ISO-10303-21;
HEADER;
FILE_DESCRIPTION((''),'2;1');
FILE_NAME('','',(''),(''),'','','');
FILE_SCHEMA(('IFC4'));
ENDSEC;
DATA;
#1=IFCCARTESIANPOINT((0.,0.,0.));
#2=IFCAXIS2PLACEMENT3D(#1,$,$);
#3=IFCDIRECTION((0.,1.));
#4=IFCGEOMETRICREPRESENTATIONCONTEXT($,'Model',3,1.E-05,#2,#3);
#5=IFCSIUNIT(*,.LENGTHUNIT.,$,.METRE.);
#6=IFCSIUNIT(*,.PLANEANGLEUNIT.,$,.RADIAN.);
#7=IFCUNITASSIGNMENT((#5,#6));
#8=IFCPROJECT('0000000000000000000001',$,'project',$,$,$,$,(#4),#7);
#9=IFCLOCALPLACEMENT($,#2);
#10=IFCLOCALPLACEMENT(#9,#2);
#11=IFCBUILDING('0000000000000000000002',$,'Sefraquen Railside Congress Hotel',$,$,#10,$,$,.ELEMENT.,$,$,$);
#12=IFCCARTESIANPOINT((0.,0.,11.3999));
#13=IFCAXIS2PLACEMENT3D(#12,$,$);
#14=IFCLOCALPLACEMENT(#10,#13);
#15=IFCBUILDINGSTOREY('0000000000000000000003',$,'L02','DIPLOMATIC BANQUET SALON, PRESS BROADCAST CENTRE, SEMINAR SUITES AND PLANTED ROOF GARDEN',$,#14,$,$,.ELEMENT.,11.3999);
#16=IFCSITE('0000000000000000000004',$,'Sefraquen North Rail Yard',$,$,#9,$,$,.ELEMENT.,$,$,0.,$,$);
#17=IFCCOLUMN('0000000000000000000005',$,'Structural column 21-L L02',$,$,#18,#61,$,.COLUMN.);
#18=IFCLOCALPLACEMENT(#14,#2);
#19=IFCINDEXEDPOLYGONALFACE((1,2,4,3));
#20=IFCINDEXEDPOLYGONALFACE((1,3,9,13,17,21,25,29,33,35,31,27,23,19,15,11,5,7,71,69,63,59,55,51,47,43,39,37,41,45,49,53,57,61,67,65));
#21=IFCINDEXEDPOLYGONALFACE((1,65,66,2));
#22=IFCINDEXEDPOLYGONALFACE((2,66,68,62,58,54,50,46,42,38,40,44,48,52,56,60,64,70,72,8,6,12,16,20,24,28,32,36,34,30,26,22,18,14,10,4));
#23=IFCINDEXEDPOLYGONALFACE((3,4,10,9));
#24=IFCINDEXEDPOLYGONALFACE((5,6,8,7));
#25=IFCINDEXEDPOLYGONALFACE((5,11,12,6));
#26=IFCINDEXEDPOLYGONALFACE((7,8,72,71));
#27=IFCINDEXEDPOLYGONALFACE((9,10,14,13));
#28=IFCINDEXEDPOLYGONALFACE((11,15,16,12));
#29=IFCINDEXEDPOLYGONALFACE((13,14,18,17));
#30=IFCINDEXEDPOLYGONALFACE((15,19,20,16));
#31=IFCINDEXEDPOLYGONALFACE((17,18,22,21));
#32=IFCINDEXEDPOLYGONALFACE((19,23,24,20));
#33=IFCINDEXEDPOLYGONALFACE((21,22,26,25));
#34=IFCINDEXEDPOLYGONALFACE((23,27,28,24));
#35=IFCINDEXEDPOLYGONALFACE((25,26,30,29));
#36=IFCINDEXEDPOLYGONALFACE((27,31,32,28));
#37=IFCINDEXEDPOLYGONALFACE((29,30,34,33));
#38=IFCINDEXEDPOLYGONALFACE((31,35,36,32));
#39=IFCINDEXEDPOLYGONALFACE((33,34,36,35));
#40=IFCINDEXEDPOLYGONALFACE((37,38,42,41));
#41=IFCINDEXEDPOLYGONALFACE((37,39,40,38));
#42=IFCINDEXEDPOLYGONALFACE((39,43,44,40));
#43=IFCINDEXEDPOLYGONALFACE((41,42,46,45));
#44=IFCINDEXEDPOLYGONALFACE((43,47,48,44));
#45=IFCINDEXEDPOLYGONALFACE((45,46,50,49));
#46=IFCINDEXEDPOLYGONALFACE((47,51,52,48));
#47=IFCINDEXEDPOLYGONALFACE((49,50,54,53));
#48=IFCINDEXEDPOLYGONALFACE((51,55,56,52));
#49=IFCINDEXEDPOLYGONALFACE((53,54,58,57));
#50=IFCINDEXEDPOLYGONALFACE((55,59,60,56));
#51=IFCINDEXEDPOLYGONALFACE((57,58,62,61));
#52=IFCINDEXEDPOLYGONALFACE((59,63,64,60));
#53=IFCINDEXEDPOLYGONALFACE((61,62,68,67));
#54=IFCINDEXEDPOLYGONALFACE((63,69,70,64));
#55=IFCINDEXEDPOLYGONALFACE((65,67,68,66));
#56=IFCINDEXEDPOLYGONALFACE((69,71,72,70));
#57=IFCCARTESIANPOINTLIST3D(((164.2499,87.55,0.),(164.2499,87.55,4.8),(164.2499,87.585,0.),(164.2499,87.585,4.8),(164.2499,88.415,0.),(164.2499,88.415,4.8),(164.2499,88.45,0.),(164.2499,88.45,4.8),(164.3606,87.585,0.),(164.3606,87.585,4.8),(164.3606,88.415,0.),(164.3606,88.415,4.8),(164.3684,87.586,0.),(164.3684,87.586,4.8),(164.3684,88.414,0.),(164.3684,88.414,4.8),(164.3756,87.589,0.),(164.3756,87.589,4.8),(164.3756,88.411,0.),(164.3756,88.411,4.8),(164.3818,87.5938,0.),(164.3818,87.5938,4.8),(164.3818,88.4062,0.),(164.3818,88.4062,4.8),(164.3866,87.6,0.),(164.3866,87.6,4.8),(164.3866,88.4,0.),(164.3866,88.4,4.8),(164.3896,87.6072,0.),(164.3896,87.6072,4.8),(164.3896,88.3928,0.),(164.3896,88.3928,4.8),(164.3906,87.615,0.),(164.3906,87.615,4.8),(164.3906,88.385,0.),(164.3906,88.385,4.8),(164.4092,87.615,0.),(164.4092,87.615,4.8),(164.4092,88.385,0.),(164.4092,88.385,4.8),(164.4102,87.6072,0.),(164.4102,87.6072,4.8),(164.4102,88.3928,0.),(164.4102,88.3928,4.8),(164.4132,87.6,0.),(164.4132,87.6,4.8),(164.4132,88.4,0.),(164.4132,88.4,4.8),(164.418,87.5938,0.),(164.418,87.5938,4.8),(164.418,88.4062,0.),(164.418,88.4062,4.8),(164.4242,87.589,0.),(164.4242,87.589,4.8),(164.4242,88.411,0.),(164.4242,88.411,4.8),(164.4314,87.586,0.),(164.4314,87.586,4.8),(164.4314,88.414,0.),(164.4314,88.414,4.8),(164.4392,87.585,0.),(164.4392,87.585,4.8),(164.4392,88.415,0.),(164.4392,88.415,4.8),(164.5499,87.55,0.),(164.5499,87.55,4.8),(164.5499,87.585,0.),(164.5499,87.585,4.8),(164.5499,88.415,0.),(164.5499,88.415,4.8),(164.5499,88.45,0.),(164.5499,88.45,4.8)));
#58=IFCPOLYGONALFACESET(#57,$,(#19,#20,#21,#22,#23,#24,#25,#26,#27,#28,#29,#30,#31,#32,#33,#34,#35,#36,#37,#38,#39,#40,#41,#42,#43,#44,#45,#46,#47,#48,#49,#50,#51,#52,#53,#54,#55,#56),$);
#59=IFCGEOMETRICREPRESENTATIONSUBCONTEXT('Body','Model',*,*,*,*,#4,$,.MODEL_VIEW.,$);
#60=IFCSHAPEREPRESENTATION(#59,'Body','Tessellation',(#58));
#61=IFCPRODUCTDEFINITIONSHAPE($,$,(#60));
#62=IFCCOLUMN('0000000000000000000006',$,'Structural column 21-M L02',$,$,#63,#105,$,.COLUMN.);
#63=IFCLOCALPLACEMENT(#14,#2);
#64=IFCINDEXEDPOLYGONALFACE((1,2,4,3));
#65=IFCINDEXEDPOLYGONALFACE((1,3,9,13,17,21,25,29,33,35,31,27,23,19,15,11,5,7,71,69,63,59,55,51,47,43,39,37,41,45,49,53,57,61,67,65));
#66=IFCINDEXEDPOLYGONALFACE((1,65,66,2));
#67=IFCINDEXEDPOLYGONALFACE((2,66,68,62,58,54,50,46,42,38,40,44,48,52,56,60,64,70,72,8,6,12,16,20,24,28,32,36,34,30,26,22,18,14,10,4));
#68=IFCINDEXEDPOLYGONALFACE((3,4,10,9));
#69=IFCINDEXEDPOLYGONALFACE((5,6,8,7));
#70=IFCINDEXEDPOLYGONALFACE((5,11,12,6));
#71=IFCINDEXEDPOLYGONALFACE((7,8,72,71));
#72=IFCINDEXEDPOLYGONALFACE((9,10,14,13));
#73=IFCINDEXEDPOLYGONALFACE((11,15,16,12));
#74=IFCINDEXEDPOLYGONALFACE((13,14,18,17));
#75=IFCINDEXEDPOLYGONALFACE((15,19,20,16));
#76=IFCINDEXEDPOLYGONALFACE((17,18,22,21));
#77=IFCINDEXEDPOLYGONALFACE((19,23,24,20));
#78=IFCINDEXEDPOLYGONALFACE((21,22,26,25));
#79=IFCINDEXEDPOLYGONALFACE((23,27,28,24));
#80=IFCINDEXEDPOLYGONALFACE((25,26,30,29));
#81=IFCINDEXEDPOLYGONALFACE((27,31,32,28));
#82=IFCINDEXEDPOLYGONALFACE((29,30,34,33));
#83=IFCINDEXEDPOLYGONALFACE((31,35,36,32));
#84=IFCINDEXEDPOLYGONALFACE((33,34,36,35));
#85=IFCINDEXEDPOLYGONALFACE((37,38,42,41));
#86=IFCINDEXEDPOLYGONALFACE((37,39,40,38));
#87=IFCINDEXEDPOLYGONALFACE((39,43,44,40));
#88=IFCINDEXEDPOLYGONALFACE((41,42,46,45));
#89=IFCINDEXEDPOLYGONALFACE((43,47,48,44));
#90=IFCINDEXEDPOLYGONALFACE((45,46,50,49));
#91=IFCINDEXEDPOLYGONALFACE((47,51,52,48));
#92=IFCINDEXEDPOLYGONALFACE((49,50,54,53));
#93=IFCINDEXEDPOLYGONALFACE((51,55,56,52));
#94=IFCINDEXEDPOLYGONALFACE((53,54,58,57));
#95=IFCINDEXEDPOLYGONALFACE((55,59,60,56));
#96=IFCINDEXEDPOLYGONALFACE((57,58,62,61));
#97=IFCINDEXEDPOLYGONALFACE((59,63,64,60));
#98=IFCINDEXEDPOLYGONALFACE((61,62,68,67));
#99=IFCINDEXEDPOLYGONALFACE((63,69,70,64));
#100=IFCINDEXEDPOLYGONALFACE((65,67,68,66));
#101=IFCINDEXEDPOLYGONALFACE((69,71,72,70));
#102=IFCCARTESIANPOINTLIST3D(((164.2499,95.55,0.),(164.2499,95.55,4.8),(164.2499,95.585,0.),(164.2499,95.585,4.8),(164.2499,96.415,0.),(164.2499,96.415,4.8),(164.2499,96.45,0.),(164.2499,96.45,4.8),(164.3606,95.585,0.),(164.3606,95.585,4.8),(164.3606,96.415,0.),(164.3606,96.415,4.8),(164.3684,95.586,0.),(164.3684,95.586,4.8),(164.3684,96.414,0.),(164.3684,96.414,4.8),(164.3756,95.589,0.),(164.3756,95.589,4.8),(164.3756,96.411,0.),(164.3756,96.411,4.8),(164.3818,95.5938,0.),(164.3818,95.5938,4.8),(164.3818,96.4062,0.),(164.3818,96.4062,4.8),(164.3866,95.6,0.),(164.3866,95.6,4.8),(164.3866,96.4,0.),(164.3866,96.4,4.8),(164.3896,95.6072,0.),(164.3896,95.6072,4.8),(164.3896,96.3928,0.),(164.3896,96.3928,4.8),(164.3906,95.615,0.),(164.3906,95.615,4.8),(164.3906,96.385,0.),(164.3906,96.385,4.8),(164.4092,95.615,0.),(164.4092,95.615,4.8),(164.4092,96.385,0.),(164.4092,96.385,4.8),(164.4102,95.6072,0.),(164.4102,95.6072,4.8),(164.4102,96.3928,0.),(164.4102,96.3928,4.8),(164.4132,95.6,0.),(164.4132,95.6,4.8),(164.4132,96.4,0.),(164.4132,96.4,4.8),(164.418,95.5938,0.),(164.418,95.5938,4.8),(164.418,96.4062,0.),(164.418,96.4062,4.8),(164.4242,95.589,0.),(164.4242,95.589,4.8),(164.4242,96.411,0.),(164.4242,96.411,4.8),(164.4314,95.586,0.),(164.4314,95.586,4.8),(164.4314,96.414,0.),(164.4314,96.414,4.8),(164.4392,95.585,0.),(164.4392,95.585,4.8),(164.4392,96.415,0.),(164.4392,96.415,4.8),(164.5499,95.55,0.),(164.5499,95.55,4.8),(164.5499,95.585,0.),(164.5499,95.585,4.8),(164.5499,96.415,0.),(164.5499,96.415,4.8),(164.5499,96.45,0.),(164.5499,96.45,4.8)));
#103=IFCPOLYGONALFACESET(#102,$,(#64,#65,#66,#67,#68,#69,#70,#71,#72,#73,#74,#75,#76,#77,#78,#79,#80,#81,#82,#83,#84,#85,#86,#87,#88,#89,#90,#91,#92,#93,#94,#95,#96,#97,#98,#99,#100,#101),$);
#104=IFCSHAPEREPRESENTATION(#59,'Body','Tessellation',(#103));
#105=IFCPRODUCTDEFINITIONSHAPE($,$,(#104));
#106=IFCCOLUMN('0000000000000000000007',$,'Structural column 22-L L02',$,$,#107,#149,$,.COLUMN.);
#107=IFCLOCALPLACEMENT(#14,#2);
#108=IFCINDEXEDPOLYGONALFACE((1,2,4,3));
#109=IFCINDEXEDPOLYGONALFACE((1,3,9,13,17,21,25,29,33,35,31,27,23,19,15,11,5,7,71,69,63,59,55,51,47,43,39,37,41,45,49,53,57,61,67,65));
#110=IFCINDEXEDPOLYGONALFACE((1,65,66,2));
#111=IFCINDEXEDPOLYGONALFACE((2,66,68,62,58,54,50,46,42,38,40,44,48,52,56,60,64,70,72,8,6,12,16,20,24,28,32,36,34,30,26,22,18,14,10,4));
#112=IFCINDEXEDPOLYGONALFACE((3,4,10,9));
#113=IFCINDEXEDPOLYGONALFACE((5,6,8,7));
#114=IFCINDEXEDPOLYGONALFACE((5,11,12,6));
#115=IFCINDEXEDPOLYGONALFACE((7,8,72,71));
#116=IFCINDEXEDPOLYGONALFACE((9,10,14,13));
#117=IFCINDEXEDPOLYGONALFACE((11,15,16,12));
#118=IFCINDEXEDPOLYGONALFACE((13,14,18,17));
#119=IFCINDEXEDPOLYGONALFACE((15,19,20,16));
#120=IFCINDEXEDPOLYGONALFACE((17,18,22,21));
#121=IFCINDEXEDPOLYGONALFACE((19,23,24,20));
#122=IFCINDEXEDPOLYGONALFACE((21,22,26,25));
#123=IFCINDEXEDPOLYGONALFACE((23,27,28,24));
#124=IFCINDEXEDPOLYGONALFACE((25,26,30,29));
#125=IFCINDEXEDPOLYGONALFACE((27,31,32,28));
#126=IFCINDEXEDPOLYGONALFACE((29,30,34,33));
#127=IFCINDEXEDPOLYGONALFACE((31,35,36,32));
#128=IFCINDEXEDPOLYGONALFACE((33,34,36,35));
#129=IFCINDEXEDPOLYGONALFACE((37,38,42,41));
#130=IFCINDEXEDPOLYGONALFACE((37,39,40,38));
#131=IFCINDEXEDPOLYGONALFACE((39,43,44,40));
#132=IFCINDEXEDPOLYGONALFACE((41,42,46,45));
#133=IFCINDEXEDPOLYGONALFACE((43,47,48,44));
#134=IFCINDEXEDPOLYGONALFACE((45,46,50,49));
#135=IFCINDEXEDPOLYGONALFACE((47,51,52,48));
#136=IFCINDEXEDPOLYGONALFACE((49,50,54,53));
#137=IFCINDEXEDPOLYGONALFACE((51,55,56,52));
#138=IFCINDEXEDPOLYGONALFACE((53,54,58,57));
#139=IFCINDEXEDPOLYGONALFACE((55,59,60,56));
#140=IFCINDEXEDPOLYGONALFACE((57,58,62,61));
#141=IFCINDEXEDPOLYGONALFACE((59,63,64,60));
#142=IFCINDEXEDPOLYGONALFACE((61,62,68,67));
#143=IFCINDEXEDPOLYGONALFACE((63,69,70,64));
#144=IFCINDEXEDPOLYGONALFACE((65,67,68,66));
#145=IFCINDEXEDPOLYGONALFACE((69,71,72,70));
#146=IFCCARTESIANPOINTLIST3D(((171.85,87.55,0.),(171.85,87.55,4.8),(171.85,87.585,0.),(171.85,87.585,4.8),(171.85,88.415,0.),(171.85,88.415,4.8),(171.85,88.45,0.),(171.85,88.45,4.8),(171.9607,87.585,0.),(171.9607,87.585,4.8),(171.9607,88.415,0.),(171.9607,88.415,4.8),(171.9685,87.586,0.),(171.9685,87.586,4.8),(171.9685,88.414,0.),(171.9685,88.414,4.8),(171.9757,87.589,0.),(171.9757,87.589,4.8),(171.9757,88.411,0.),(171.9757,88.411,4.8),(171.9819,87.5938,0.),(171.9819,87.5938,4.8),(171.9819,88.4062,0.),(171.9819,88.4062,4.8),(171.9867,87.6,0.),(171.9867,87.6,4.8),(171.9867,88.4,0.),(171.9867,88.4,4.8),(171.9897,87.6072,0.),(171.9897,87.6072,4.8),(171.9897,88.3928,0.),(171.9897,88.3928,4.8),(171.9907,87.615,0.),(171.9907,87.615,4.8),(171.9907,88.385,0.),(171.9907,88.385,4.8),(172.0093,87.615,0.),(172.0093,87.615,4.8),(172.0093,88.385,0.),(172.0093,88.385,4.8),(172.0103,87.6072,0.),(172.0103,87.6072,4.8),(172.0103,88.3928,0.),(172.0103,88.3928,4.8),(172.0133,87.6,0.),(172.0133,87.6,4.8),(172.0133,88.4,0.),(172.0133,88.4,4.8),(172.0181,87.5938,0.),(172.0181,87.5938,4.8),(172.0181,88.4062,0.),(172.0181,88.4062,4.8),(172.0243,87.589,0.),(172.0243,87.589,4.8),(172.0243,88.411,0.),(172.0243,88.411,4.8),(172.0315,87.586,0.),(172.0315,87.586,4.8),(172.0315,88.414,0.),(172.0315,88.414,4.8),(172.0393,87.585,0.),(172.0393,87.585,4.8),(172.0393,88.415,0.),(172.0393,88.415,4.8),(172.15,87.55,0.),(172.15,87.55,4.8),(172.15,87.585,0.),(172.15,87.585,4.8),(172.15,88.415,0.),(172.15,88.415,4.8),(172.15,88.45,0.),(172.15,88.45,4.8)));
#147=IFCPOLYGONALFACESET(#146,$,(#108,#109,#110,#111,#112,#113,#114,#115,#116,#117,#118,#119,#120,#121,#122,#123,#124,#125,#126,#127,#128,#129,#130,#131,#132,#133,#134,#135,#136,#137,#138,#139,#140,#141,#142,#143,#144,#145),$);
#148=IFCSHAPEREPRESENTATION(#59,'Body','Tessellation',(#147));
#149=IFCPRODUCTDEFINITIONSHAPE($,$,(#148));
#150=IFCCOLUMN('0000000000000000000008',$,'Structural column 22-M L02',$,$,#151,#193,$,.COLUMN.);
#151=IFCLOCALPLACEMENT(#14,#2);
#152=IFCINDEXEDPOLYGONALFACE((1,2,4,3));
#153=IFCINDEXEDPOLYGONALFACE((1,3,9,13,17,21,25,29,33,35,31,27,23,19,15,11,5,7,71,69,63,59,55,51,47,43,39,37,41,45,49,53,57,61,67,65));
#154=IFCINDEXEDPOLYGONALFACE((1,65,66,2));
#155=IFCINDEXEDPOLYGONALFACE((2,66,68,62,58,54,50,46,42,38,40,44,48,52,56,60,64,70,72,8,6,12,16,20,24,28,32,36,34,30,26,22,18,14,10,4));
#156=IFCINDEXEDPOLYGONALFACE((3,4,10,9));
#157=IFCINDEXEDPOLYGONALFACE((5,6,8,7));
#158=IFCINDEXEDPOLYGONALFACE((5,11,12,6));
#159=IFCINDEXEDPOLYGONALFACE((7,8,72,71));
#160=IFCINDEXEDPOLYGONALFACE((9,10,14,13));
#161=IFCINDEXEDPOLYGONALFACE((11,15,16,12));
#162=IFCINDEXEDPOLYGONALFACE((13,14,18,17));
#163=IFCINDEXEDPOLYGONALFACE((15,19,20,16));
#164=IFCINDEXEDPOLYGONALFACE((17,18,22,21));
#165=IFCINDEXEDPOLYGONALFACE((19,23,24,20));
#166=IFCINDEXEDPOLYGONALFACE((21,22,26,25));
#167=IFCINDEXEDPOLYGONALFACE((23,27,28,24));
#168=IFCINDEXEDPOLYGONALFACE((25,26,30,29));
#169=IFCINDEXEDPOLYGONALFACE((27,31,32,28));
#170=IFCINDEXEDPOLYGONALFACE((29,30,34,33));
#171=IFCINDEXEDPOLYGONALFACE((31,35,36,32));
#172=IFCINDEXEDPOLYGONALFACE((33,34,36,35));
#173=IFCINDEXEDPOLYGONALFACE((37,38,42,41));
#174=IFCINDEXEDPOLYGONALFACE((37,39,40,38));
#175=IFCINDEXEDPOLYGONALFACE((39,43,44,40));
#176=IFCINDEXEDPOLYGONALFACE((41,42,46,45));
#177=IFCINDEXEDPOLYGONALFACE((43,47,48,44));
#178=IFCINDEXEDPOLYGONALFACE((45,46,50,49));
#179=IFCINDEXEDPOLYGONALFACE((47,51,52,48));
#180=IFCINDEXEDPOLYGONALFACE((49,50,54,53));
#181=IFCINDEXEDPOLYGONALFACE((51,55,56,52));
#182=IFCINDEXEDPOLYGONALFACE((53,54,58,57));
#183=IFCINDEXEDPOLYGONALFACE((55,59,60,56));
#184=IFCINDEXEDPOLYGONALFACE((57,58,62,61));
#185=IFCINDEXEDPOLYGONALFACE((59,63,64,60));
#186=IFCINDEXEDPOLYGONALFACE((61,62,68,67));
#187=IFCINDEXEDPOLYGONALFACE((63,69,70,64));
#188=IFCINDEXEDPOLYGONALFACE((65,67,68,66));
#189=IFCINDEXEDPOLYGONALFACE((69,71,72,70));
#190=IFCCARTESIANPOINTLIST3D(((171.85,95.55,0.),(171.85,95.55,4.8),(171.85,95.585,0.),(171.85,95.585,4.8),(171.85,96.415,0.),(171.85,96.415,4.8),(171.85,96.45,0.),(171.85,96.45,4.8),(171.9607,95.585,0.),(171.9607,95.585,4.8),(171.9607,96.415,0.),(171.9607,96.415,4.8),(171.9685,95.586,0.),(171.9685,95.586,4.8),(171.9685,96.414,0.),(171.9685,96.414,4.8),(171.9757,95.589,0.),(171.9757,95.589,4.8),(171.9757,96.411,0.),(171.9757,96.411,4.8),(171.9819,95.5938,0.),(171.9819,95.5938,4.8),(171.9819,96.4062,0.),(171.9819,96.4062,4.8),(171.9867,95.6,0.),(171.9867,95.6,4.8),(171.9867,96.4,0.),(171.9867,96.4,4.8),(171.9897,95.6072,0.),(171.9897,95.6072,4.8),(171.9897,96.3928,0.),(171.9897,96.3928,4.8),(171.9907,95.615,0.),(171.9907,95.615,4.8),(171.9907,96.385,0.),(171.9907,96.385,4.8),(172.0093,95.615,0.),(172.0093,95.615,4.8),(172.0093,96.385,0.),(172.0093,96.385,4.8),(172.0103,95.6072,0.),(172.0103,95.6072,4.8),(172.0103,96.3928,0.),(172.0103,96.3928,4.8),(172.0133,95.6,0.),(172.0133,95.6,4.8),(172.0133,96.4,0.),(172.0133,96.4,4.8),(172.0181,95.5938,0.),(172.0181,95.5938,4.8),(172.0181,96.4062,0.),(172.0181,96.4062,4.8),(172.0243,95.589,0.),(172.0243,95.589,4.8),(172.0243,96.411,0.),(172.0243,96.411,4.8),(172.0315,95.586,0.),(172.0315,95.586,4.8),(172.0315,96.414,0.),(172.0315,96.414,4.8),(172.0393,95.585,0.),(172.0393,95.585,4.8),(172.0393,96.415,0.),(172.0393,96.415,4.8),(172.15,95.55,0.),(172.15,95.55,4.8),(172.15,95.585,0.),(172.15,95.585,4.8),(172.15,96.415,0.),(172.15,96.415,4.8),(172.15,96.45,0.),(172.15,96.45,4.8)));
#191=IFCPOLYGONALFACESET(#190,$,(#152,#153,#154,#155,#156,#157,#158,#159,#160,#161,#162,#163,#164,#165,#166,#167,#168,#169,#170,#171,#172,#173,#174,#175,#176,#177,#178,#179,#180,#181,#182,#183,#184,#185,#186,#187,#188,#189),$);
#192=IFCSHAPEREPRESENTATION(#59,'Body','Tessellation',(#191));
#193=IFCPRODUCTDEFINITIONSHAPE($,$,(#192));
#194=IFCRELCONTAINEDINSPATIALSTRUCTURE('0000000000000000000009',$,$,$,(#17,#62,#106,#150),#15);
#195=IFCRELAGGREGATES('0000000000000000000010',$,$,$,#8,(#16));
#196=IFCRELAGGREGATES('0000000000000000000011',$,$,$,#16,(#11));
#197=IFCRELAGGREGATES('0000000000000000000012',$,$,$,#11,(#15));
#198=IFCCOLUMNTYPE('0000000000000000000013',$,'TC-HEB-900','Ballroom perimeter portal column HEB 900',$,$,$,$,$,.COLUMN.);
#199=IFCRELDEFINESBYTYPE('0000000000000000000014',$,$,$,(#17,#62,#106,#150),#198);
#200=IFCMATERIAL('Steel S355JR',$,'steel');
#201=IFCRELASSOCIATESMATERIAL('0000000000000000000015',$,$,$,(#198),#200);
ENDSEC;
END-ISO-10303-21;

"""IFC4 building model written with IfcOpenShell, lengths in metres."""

from ifc_helpers import new_model, si_unit, direction, frame, origin, origin_2d, place, context, subcontext, project, spatial, i_section, extrude, material, material_profile, profile_set, type_object, element, save


model = new_model("IFC4")

# Units and contexts
model_context = context("Model", 3, precision=1e-05, world=origin(), true_north=direction((0.0, 1.0)))
body_context = subcontext(model_context, "Body", "Model", "MODEL_VIEW")
ifc_project = project(units=[si_unit("LENGTHUNIT", "METRE"), si_unit("PLANEANGLEUNIT", "RADIAN")], contexts=[model_context])

# Site, building, storey
site_placement = place(None, origin())
site = spatial("IfcSite", under=ifc_project, at=site_placement, Name="Sefraquen North Rail Yard", CompositionType="ELEMENT", RefElevation=0.0)
building_placement = place(site_placement, origin())
building = spatial("IfcBuilding", under=site, at=building_placement, Name="Sefraquen Railside Congress Hotel", CompositionType="ELEMENT")
storey_placement = place(building_placement, frame((0.0, 0.0, 11.3999)))
storey = spatial("IfcBuildingStorey", under=building, at=storey_placement, Name="L02", Description="DIPLOMATIC BANQUET SALON, PRESS BROADCAST CENTRE, SEMINAR SUITES AND PLANTED ROOF GARDEN", CompositionType="ELEMENT", Elevation=11.3999)

# Columns
ifc_material_1 = material(Name="Steel S355JR", Category="steel")
ifc_material_profile_1 = material_profile(ifc_material_1, i_section(OverallWidth=0.3, OverallDepth=0.8999, WebThickness=0.0186, FlangeThickness=0.0349, FilletRadius=0.03, at=origin_2d()), Name="HEB 900")
ifc_profile_set_1 = profile_set([ifc_material_profile_1], Name="Steel S355JR")
column_type = type_object("IfcColumnType", Name="TC-HEB-900", Description="Ballroom perimeter portal column HEB 900", PredefinedType="COLUMN", material=ifc_profile_set_1)
for number, where, z_axis, x_axis, name in (
    (1, (164.3999, 88.0, 0.0), (0.0, 0.0, 1.0), (1.0, 0.0, 0.0), "Structural column 21-L L02"),
    (2, (164.3999, 96.0, 0.0), (0.0, 0.0, 1.0), (1.0, 0.0, 0.0), "Structural column 21-M L02"),
    (3, (172.0, 88.0, 0.0), (0.0, 0.0, 1.0), (1.0, 0.0, 0.0), "Structural column 22-L L02"),
    (4, (172.0, 96.0, 0.0), (0.0, 0.0, 1.0), (1.0, 0.0, 0.0), "Structural column 22-M L02"),
):
    element("IfcColumn", number, at=place(storey_placement, frame(where, z_axis=z_axis, x_axis=x_axis)), inside=storey, type_object=column_type, Name=name, PredefinedType="COLUMN", context=body_context, shape_type="SweptSolid", body=[
        extrude(i_section(OverallWidth=0.3, OverallDepth=0.8999, WebThickness=0.0186, FlangeThickness=0.0349, FilletRadius=0.03, at=origin_2d()), origin(), (0.0, 0.0, 1.0), 4.8),
    ])

save(model, "model.ifc")
